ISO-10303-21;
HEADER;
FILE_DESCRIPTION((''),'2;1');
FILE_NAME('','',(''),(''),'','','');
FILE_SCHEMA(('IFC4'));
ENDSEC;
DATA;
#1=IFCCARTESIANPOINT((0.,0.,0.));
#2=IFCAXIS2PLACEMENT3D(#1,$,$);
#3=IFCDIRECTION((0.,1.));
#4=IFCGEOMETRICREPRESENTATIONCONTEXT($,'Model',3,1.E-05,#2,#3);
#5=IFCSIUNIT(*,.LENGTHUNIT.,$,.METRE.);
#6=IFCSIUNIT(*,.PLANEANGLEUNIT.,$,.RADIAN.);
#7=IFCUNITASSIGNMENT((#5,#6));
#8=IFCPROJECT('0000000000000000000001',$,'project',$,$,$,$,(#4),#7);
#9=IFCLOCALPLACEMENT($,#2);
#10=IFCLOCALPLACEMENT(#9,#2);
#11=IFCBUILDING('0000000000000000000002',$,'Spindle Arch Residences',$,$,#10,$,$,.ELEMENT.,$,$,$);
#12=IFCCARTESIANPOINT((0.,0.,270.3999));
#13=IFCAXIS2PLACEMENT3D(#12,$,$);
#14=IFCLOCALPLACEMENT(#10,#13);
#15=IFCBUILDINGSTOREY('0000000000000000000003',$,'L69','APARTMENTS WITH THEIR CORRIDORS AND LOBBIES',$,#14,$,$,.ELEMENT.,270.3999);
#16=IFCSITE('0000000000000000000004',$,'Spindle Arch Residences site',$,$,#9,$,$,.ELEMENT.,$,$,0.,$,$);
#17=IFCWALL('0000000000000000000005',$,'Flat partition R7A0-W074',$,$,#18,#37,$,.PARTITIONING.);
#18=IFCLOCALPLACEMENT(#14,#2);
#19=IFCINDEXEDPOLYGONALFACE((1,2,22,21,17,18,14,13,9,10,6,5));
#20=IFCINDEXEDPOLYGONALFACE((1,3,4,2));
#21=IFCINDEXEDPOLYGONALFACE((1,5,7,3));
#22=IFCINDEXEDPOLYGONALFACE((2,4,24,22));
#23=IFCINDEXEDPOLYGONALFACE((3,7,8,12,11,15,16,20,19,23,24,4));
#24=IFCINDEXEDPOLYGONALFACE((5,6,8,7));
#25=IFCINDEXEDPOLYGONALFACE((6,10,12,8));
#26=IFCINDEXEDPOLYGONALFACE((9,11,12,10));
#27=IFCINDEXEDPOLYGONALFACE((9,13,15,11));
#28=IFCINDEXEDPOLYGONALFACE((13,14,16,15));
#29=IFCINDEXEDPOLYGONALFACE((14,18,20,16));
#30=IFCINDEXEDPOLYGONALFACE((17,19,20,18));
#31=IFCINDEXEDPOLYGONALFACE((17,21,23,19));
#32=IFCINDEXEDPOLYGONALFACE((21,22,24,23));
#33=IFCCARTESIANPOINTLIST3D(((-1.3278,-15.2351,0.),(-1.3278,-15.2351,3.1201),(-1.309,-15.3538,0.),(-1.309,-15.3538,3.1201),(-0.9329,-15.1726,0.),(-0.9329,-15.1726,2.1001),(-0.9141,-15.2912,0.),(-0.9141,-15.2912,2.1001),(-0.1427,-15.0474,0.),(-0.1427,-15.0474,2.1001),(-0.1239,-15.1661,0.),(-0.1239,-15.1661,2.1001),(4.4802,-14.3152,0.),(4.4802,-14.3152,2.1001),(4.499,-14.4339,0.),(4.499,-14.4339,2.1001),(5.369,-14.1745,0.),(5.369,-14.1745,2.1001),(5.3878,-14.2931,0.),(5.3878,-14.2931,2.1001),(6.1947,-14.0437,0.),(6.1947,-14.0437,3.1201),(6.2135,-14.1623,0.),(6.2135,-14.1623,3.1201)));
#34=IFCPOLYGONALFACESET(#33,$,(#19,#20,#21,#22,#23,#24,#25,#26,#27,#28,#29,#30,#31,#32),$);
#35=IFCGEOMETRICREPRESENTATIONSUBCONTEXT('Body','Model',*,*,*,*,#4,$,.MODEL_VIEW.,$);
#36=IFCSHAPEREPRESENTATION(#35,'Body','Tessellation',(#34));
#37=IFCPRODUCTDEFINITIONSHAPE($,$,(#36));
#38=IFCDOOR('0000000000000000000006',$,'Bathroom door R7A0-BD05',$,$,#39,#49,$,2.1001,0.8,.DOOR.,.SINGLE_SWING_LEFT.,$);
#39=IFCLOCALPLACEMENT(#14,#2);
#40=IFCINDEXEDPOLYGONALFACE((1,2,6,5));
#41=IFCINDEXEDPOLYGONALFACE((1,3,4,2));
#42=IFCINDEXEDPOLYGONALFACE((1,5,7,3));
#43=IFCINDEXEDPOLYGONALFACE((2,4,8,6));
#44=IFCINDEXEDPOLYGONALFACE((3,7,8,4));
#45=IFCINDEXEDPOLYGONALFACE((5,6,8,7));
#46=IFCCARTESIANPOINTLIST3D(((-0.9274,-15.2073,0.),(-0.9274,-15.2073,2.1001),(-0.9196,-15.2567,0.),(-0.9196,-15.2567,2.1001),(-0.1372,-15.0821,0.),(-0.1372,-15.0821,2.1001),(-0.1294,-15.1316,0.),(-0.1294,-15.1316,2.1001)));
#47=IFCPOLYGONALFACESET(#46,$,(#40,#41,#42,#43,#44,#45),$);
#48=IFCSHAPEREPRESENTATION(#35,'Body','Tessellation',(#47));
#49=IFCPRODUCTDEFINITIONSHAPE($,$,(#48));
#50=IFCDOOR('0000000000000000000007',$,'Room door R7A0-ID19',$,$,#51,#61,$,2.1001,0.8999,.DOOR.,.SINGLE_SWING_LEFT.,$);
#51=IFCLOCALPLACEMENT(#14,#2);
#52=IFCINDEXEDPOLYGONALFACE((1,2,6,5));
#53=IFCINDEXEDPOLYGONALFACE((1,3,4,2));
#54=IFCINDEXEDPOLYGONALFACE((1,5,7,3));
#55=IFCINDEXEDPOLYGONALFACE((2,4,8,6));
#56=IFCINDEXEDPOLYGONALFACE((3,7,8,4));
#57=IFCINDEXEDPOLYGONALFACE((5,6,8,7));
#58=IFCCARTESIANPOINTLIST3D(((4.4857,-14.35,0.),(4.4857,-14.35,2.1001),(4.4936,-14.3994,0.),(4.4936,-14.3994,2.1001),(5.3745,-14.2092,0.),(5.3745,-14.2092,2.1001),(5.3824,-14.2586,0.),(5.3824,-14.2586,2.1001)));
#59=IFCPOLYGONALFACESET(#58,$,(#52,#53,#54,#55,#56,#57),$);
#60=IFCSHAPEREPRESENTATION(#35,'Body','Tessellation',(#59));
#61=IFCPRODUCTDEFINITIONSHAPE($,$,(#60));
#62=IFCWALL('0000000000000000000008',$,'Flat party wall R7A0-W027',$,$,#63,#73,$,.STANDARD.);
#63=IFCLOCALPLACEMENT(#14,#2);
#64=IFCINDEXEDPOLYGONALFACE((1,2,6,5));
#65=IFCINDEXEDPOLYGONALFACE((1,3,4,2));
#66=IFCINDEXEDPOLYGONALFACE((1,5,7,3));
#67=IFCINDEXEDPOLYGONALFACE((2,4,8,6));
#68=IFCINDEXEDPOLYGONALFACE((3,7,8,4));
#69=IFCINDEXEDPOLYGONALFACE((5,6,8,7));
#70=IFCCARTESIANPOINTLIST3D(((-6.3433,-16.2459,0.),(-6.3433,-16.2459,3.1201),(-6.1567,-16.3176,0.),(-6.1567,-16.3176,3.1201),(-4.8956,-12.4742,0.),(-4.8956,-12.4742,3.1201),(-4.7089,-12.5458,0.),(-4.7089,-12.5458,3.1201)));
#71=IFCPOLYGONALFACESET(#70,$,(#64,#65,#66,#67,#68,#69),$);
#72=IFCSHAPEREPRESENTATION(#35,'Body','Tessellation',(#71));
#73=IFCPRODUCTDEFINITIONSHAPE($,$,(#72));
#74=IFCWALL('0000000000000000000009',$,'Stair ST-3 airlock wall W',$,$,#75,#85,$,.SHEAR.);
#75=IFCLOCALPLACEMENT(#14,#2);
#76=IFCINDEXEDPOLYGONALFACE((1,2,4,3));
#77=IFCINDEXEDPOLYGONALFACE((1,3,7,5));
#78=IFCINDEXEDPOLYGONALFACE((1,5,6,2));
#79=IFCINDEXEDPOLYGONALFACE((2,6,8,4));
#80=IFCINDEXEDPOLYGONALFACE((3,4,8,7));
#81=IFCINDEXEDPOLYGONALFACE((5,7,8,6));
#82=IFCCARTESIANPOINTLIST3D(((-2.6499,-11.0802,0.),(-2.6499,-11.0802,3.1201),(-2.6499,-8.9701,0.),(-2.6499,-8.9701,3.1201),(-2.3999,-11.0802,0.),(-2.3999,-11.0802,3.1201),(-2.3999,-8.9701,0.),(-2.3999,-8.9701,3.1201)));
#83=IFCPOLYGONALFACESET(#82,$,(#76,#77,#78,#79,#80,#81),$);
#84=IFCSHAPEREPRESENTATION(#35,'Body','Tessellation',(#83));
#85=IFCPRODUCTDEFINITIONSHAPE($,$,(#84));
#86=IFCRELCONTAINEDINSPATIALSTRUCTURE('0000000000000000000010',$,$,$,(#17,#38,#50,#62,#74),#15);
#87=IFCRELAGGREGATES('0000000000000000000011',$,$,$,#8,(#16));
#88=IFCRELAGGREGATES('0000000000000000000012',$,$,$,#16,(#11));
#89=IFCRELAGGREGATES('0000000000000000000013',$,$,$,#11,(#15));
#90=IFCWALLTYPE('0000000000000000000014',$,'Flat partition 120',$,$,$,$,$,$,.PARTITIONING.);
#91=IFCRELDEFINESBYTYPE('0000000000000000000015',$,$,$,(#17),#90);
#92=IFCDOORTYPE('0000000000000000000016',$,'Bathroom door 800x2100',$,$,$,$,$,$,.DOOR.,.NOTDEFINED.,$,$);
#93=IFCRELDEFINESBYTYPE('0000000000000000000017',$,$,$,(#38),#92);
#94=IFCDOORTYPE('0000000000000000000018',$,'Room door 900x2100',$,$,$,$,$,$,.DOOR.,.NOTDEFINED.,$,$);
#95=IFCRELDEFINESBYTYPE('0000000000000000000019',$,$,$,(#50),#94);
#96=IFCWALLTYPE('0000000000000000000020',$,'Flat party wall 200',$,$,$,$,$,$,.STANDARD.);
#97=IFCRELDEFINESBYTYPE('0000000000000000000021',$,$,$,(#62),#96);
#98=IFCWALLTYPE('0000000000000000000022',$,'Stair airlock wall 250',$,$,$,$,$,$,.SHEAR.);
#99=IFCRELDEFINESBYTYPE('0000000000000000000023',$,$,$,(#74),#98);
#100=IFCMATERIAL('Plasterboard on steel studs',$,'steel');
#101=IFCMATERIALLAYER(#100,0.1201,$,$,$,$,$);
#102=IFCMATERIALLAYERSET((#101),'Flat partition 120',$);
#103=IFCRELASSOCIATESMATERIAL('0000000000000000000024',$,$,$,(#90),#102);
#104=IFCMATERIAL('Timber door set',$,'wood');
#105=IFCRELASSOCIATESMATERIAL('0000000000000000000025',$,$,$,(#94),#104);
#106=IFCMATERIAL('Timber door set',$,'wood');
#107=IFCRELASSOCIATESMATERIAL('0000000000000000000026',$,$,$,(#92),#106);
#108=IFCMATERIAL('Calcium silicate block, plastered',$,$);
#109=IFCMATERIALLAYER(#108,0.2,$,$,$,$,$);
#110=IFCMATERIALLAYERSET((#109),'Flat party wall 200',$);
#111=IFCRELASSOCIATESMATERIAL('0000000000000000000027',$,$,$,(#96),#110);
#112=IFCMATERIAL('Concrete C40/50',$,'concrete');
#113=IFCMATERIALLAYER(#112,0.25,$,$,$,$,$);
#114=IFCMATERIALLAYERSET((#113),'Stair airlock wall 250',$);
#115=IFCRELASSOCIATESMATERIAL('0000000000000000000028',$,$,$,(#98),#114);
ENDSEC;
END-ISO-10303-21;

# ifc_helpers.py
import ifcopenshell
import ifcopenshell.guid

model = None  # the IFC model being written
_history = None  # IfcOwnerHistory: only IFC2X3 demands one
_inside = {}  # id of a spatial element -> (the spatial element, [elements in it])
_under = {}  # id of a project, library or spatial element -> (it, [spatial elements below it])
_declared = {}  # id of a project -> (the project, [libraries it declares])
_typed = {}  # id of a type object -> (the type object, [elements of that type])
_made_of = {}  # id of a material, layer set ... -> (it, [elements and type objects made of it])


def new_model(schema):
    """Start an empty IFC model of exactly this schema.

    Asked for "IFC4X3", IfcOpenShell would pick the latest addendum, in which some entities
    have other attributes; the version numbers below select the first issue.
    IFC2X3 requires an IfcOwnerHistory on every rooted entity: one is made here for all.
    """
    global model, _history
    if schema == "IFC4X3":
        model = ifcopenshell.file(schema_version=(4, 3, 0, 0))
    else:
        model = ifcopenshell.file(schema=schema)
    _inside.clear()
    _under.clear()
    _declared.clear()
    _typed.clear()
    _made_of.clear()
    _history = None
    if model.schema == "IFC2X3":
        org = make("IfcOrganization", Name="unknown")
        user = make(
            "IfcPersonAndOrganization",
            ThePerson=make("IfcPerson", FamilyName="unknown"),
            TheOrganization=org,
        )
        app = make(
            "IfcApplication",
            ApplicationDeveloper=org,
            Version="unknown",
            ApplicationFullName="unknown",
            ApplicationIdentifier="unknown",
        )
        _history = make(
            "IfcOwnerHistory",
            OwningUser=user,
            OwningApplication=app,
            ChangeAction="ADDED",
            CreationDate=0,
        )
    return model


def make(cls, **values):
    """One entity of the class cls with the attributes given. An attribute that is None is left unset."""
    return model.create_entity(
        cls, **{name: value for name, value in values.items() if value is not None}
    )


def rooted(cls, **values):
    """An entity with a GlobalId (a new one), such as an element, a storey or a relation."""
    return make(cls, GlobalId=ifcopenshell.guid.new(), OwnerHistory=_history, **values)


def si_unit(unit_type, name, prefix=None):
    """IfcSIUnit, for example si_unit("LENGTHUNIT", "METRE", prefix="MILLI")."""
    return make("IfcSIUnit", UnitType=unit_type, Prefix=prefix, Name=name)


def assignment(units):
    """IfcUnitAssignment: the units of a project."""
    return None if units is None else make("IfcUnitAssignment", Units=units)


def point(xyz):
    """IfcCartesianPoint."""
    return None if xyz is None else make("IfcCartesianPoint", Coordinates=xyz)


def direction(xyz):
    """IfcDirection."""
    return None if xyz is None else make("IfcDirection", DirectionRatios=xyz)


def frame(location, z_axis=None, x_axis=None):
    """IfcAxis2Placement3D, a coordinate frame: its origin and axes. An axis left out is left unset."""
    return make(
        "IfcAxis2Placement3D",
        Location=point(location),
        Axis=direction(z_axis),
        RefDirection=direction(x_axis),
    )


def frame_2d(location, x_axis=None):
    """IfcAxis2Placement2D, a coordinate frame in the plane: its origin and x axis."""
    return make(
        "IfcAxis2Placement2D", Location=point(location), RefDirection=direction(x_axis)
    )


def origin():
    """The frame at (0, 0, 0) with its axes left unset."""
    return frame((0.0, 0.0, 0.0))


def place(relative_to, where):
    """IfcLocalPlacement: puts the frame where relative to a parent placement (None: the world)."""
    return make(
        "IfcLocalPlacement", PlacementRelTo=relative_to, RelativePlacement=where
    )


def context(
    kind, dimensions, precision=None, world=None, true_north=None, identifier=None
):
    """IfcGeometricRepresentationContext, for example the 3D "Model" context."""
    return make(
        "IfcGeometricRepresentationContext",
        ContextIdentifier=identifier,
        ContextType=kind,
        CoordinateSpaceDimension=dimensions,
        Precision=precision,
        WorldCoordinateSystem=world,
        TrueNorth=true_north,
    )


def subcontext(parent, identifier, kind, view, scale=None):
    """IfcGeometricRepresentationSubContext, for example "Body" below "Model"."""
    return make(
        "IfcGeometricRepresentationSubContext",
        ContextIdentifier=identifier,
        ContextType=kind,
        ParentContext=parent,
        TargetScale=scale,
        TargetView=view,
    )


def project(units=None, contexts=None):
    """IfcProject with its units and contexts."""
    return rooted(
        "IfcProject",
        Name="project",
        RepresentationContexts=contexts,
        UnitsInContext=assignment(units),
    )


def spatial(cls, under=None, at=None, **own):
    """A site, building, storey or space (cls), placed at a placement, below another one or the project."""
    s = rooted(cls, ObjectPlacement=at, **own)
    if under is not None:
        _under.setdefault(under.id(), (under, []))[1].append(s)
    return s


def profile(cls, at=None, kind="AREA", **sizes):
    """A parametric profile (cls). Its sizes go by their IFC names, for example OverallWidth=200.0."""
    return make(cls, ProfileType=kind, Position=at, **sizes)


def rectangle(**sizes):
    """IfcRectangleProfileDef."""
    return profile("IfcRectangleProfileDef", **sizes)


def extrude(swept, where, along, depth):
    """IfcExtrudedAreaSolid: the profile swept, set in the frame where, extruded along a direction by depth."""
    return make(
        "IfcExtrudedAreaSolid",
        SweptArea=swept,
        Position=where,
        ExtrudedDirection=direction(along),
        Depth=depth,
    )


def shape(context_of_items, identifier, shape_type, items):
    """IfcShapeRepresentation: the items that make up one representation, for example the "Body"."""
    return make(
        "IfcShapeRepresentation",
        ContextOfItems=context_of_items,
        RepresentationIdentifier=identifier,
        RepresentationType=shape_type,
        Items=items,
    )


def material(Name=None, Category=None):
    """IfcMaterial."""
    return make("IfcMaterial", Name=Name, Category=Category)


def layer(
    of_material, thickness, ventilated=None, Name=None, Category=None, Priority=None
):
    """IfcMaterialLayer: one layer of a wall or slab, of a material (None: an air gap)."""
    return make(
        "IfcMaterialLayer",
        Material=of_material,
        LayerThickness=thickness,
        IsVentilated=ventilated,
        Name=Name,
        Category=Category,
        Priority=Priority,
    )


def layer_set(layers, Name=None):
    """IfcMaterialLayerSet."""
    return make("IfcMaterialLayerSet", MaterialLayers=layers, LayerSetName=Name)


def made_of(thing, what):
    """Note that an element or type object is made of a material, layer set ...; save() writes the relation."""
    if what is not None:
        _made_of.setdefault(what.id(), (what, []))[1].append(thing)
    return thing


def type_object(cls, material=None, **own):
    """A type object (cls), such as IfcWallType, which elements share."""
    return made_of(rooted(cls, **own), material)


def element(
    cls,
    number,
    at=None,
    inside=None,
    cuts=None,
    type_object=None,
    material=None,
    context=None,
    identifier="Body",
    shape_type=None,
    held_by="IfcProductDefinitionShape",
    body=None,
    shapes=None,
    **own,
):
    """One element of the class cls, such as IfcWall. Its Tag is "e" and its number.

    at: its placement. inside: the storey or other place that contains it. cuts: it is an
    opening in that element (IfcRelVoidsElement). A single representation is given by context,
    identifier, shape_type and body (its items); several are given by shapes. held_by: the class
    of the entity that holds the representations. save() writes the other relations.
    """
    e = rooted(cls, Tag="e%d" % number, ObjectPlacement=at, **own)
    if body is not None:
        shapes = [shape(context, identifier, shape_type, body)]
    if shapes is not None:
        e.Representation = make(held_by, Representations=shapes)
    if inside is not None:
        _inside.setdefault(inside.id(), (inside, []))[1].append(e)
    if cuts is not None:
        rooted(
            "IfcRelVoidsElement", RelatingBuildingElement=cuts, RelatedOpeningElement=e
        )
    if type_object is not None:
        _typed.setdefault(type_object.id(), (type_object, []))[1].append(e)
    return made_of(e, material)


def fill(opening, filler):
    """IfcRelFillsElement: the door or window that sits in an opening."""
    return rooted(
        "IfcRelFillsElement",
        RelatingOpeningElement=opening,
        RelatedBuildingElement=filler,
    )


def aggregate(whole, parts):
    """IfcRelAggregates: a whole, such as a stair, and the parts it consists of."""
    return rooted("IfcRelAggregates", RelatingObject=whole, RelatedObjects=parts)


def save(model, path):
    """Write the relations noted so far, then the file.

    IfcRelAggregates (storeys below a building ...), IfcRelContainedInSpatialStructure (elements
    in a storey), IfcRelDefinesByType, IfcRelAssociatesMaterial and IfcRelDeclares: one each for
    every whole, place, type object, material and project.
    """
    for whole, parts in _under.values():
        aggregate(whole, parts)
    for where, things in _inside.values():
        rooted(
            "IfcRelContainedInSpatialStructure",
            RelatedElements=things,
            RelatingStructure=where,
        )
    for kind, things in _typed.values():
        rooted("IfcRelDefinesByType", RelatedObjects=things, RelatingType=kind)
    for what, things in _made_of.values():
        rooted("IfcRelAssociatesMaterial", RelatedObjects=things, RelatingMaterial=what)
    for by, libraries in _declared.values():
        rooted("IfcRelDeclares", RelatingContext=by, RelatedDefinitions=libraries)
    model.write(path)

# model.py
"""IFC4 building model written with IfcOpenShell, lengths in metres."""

from ifc_helpers import new_model, si_unit, direction, frame, frame_2d, origin, place, context, subcontext, project, spatial, rectangle, extrude, material, layer, layer_set, type_object, element, fill, save


model = new_model("IFC4")

# Units and contexts
model_context = context("Model", 3, precision=1e-05, world=origin(), true_north=direction((0.0, 1.0)))
body_context = subcontext(model_context, "Body", "Model", "MODEL_VIEW")
ifc_project = project(units=[si_unit("LENGTHUNIT", "METRE"), si_unit("PLANEANGLEUNIT", "RADIAN")], contexts=[model_context])

# Site, building, storey
site_placement = place(None, origin())
site = spatial("IfcSite", under=ifc_project, at=site_placement, Name="Spindle Arch Residences site", CompositionType="ELEMENT", RefElevation=0.0)
building_placement = place(site_placement, origin())
building = spatial("IfcBuilding", under=site, at=building_placement, Name="Spindle Arch Residences", CompositionType="ELEMENT")
storey_placement = place(building_placement, frame((0.0, 0.0, 270.3999)))
storey = spatial("IfcBuildingStorey", under=building, at=storey_placement, Name="L69", Description="APARTMENTS WITH THEIR CORRIDORS AND LOBBIES", CompositionType="ELEMENT", Elevation=270.3999)

# Shared definitions
ifc_material_1 = material(Name="Plasterboard on steel studs", Category="steel")
ifc_layer_1 = layer(ifc_material_1, 0.1201)
ifc_layer_set_1 = layer_set([ifc_layer_1], Name="Flat partition 120")
wall_type_1 = type_object("IfcWallType", Name="Flat partition 120", PredefinedType="PARTITIONING", material=ifc_layer_set_1)
ifc_material_2 = material(Name="Timber door set", Category="wood")
door_type_1 = type_object("IfcDoorType", Name="Room door 900x2100", OperationType="NOTDEFINED", PredefinedType="DOOR", material=ifc_material_2)
ifc_material_3 = material(Name="Timber door set", Category="wood")
door_type_2 = type_object("IfcDoorType", Name="Bathroom door 800x2100", OperationType="NOTDEFINED", PredefinedType="DOOR", material=ifc_material_3)

# Wall, openings, doors
wall_1_placement = place(storey_placement, frame((-1.3184, -15.2944, 0.0), z_axis=(0.0, 0.0, 1.0), x_axis=(0.987689, 0.15643, 0.0)))
wall_1 = element("IfcWall", 1, at=wall_1_placement, inside=storey, type_object=wall_type_1, Name="Flat partition R7A0-W074", PredefinedType="PARTITIONING", context=body_context, shape_type="SweptSolid", body=[
    extrude(rectangle(XDim=7.6162, YDim=0.1201, at=frame_2d((3.8081, 0.0))), origin(), (0.0, 0.0, 1.0), 3.1201),
])
opening_1_placement = place(wall_1_placement, frame((0.3999, 0.0, 0.0)))
opening_1 = element("IfcOpeningElement", 2, at=opening_1_placement, cuts=wall_1, PredefinedType="OPENING", context=body_context, shape_type="SweptSolid", body=[
    extrude(rectangle(XDim=0.8, YDim=2.1001, at=frame_2d((0.3999, 1.05))), frame((0.0, 0.0701, 0.0), z_axis=(0.0, -1.0, 0.0), x_axis=(1.0, 0.0, 0.0)), (0.0, 0.0, 1.0), 0.1401),
])
opening_2_placement = place(wall_1_placement, frame((5.8804, 0.0, 0.0)))
opening_2 = element("IfcOpeningElement", 3, at=opening_2_placement, cuts=wall_1, PredefinedType="OPENING", context=body_context, shape_type="SweptSolid", body=[
    extrude(rectangle(XDim=0.8999, YDim=2.1001, at=frame_2d((0.45, 1.05))), frame((0.0, 0.0701, 0.0), z_axis=(0.0, -1.0, 0.0), x_axis=(1.0, 0.0, 0.0)), (0.0, 0.0, 1.0), 0.1401),
])
door_1_placement = place(opening_1_placement, origin())
door_1 = element("IfcDoor", 4, at=door_1_placement, inside=storey, type_object=door_type_2, Name="Bathroom door R7A0-BD05", OperationType="SINGLE_SWING_LEFT", OverallHeight=2.1001, OverallWidth=0.8, PredefinedType="DOOR", context=body_context, shape_type="SweptSolid", body=[
    extrude(rectangle(XDim=0.8, YDim=2.1001, at=frame_2d((0.3999, 1.05))), frame((0.0, 0.0249, 0.0), z_axis=(0.0, -1.0, 0.0), x_axis=(1.0, 0.0, 0.0)), (0.0, 0.0, 1.0), 0.05),
])
fill(opening_1, door_1)
door_2_placement = place(opening_2_placement, origin())
door_2 = element("IfcDoor", 5, at=door_2_placement, inside=storey, type_object=door_type_1, Name="Room door R7A0-ID19", OperationType="SINGLE_SWING_LEFT", OverallHeight=2.1001, OverallWidth=0.8999, PredefinedType="DOOR", context=body_context, shape_type="SweptSolid", body=[
    extrude(rectangle(XDim=0.8999, YDim=2.1001, at=frame_2d((0.45, 1.05))), frame((0.0, 0.0249, 0.0), z_axis=(0.0, -1.0, 0.0), x_axis=(1.0, 0.0, 0.0)), (0.0, 0.0, 1.0), 0.05),
])
fill(opening_2, door_2)

# Walls
ifc_material_4 = material(Name="Calcium silicate block, plastered")
ifc_layer_2 = layer(ifc_material_4, 0.2)
ifc_layer_set_2 = layer_set([ifc_layer_2], Name="Flat party wall 200")
wall_type_2 = type_object("IfcWallType", Name="Flat party wall 200", PredefinedType="STANDARD", material=ifc_layer_set_2)
wall_2_placement = place(storey_placement, frame((-6.25, -16.2817, 0.0), z_axis=(0.0, 0.0, 1.0), x_axis=(0.358351, 0.933587, 0.0)))
element("IfcWall", 6, at=wall_2_placement, inside=storey, type_object=wall_type_2, Name="Flat party wall R7A0-W027", PredefinedType="STANDARD", context=body_context, shape_type="SweptSolid", body=[
    extrude(rectangle(XDim=4.04, YDim=0.2, at=frame_2d((2.02, 0.0))), origin(), (0.0, 0.0, 1.0), 3.1201),
])
ifc_material_5 = material(Name="Concrete C40/50", Category="concrete")
ifc_layer_3 = layer(ifc_material_5, 0.25)
ifc_layer_set_3 = layer_set([ifc_layer_3], Name="Stair airlock wall 250")
wall_type_3 = type_object("IfcWallType", Name="Stair airlock wall 250", PredefinedType="SHEAR", material=ifc_layer_set_3)
wall_3_placement = place(storey_placement, frame((-2.5249, -8.97, 0.0), z_axis=(0.0, 0.0, 1.0), x_axis=(0.0, -1.0, 0.0)))
element("IfcWall", 7, at=wall_3_placement, inside=storey, type_object=wall_type_3, Name="Stair ST-3 airlock wall W", PredefinedType="SHEAR", context=body_context, shape_type="SweptSolid", body=[
    extrude(rectangle(XDim=2.1101, YDim=0.25, at=frame_2d((1.0552, 0.0))), origin(), (0.0, 0.0, 1.0), 3.1201),
])

save(model, "model.ifc")
